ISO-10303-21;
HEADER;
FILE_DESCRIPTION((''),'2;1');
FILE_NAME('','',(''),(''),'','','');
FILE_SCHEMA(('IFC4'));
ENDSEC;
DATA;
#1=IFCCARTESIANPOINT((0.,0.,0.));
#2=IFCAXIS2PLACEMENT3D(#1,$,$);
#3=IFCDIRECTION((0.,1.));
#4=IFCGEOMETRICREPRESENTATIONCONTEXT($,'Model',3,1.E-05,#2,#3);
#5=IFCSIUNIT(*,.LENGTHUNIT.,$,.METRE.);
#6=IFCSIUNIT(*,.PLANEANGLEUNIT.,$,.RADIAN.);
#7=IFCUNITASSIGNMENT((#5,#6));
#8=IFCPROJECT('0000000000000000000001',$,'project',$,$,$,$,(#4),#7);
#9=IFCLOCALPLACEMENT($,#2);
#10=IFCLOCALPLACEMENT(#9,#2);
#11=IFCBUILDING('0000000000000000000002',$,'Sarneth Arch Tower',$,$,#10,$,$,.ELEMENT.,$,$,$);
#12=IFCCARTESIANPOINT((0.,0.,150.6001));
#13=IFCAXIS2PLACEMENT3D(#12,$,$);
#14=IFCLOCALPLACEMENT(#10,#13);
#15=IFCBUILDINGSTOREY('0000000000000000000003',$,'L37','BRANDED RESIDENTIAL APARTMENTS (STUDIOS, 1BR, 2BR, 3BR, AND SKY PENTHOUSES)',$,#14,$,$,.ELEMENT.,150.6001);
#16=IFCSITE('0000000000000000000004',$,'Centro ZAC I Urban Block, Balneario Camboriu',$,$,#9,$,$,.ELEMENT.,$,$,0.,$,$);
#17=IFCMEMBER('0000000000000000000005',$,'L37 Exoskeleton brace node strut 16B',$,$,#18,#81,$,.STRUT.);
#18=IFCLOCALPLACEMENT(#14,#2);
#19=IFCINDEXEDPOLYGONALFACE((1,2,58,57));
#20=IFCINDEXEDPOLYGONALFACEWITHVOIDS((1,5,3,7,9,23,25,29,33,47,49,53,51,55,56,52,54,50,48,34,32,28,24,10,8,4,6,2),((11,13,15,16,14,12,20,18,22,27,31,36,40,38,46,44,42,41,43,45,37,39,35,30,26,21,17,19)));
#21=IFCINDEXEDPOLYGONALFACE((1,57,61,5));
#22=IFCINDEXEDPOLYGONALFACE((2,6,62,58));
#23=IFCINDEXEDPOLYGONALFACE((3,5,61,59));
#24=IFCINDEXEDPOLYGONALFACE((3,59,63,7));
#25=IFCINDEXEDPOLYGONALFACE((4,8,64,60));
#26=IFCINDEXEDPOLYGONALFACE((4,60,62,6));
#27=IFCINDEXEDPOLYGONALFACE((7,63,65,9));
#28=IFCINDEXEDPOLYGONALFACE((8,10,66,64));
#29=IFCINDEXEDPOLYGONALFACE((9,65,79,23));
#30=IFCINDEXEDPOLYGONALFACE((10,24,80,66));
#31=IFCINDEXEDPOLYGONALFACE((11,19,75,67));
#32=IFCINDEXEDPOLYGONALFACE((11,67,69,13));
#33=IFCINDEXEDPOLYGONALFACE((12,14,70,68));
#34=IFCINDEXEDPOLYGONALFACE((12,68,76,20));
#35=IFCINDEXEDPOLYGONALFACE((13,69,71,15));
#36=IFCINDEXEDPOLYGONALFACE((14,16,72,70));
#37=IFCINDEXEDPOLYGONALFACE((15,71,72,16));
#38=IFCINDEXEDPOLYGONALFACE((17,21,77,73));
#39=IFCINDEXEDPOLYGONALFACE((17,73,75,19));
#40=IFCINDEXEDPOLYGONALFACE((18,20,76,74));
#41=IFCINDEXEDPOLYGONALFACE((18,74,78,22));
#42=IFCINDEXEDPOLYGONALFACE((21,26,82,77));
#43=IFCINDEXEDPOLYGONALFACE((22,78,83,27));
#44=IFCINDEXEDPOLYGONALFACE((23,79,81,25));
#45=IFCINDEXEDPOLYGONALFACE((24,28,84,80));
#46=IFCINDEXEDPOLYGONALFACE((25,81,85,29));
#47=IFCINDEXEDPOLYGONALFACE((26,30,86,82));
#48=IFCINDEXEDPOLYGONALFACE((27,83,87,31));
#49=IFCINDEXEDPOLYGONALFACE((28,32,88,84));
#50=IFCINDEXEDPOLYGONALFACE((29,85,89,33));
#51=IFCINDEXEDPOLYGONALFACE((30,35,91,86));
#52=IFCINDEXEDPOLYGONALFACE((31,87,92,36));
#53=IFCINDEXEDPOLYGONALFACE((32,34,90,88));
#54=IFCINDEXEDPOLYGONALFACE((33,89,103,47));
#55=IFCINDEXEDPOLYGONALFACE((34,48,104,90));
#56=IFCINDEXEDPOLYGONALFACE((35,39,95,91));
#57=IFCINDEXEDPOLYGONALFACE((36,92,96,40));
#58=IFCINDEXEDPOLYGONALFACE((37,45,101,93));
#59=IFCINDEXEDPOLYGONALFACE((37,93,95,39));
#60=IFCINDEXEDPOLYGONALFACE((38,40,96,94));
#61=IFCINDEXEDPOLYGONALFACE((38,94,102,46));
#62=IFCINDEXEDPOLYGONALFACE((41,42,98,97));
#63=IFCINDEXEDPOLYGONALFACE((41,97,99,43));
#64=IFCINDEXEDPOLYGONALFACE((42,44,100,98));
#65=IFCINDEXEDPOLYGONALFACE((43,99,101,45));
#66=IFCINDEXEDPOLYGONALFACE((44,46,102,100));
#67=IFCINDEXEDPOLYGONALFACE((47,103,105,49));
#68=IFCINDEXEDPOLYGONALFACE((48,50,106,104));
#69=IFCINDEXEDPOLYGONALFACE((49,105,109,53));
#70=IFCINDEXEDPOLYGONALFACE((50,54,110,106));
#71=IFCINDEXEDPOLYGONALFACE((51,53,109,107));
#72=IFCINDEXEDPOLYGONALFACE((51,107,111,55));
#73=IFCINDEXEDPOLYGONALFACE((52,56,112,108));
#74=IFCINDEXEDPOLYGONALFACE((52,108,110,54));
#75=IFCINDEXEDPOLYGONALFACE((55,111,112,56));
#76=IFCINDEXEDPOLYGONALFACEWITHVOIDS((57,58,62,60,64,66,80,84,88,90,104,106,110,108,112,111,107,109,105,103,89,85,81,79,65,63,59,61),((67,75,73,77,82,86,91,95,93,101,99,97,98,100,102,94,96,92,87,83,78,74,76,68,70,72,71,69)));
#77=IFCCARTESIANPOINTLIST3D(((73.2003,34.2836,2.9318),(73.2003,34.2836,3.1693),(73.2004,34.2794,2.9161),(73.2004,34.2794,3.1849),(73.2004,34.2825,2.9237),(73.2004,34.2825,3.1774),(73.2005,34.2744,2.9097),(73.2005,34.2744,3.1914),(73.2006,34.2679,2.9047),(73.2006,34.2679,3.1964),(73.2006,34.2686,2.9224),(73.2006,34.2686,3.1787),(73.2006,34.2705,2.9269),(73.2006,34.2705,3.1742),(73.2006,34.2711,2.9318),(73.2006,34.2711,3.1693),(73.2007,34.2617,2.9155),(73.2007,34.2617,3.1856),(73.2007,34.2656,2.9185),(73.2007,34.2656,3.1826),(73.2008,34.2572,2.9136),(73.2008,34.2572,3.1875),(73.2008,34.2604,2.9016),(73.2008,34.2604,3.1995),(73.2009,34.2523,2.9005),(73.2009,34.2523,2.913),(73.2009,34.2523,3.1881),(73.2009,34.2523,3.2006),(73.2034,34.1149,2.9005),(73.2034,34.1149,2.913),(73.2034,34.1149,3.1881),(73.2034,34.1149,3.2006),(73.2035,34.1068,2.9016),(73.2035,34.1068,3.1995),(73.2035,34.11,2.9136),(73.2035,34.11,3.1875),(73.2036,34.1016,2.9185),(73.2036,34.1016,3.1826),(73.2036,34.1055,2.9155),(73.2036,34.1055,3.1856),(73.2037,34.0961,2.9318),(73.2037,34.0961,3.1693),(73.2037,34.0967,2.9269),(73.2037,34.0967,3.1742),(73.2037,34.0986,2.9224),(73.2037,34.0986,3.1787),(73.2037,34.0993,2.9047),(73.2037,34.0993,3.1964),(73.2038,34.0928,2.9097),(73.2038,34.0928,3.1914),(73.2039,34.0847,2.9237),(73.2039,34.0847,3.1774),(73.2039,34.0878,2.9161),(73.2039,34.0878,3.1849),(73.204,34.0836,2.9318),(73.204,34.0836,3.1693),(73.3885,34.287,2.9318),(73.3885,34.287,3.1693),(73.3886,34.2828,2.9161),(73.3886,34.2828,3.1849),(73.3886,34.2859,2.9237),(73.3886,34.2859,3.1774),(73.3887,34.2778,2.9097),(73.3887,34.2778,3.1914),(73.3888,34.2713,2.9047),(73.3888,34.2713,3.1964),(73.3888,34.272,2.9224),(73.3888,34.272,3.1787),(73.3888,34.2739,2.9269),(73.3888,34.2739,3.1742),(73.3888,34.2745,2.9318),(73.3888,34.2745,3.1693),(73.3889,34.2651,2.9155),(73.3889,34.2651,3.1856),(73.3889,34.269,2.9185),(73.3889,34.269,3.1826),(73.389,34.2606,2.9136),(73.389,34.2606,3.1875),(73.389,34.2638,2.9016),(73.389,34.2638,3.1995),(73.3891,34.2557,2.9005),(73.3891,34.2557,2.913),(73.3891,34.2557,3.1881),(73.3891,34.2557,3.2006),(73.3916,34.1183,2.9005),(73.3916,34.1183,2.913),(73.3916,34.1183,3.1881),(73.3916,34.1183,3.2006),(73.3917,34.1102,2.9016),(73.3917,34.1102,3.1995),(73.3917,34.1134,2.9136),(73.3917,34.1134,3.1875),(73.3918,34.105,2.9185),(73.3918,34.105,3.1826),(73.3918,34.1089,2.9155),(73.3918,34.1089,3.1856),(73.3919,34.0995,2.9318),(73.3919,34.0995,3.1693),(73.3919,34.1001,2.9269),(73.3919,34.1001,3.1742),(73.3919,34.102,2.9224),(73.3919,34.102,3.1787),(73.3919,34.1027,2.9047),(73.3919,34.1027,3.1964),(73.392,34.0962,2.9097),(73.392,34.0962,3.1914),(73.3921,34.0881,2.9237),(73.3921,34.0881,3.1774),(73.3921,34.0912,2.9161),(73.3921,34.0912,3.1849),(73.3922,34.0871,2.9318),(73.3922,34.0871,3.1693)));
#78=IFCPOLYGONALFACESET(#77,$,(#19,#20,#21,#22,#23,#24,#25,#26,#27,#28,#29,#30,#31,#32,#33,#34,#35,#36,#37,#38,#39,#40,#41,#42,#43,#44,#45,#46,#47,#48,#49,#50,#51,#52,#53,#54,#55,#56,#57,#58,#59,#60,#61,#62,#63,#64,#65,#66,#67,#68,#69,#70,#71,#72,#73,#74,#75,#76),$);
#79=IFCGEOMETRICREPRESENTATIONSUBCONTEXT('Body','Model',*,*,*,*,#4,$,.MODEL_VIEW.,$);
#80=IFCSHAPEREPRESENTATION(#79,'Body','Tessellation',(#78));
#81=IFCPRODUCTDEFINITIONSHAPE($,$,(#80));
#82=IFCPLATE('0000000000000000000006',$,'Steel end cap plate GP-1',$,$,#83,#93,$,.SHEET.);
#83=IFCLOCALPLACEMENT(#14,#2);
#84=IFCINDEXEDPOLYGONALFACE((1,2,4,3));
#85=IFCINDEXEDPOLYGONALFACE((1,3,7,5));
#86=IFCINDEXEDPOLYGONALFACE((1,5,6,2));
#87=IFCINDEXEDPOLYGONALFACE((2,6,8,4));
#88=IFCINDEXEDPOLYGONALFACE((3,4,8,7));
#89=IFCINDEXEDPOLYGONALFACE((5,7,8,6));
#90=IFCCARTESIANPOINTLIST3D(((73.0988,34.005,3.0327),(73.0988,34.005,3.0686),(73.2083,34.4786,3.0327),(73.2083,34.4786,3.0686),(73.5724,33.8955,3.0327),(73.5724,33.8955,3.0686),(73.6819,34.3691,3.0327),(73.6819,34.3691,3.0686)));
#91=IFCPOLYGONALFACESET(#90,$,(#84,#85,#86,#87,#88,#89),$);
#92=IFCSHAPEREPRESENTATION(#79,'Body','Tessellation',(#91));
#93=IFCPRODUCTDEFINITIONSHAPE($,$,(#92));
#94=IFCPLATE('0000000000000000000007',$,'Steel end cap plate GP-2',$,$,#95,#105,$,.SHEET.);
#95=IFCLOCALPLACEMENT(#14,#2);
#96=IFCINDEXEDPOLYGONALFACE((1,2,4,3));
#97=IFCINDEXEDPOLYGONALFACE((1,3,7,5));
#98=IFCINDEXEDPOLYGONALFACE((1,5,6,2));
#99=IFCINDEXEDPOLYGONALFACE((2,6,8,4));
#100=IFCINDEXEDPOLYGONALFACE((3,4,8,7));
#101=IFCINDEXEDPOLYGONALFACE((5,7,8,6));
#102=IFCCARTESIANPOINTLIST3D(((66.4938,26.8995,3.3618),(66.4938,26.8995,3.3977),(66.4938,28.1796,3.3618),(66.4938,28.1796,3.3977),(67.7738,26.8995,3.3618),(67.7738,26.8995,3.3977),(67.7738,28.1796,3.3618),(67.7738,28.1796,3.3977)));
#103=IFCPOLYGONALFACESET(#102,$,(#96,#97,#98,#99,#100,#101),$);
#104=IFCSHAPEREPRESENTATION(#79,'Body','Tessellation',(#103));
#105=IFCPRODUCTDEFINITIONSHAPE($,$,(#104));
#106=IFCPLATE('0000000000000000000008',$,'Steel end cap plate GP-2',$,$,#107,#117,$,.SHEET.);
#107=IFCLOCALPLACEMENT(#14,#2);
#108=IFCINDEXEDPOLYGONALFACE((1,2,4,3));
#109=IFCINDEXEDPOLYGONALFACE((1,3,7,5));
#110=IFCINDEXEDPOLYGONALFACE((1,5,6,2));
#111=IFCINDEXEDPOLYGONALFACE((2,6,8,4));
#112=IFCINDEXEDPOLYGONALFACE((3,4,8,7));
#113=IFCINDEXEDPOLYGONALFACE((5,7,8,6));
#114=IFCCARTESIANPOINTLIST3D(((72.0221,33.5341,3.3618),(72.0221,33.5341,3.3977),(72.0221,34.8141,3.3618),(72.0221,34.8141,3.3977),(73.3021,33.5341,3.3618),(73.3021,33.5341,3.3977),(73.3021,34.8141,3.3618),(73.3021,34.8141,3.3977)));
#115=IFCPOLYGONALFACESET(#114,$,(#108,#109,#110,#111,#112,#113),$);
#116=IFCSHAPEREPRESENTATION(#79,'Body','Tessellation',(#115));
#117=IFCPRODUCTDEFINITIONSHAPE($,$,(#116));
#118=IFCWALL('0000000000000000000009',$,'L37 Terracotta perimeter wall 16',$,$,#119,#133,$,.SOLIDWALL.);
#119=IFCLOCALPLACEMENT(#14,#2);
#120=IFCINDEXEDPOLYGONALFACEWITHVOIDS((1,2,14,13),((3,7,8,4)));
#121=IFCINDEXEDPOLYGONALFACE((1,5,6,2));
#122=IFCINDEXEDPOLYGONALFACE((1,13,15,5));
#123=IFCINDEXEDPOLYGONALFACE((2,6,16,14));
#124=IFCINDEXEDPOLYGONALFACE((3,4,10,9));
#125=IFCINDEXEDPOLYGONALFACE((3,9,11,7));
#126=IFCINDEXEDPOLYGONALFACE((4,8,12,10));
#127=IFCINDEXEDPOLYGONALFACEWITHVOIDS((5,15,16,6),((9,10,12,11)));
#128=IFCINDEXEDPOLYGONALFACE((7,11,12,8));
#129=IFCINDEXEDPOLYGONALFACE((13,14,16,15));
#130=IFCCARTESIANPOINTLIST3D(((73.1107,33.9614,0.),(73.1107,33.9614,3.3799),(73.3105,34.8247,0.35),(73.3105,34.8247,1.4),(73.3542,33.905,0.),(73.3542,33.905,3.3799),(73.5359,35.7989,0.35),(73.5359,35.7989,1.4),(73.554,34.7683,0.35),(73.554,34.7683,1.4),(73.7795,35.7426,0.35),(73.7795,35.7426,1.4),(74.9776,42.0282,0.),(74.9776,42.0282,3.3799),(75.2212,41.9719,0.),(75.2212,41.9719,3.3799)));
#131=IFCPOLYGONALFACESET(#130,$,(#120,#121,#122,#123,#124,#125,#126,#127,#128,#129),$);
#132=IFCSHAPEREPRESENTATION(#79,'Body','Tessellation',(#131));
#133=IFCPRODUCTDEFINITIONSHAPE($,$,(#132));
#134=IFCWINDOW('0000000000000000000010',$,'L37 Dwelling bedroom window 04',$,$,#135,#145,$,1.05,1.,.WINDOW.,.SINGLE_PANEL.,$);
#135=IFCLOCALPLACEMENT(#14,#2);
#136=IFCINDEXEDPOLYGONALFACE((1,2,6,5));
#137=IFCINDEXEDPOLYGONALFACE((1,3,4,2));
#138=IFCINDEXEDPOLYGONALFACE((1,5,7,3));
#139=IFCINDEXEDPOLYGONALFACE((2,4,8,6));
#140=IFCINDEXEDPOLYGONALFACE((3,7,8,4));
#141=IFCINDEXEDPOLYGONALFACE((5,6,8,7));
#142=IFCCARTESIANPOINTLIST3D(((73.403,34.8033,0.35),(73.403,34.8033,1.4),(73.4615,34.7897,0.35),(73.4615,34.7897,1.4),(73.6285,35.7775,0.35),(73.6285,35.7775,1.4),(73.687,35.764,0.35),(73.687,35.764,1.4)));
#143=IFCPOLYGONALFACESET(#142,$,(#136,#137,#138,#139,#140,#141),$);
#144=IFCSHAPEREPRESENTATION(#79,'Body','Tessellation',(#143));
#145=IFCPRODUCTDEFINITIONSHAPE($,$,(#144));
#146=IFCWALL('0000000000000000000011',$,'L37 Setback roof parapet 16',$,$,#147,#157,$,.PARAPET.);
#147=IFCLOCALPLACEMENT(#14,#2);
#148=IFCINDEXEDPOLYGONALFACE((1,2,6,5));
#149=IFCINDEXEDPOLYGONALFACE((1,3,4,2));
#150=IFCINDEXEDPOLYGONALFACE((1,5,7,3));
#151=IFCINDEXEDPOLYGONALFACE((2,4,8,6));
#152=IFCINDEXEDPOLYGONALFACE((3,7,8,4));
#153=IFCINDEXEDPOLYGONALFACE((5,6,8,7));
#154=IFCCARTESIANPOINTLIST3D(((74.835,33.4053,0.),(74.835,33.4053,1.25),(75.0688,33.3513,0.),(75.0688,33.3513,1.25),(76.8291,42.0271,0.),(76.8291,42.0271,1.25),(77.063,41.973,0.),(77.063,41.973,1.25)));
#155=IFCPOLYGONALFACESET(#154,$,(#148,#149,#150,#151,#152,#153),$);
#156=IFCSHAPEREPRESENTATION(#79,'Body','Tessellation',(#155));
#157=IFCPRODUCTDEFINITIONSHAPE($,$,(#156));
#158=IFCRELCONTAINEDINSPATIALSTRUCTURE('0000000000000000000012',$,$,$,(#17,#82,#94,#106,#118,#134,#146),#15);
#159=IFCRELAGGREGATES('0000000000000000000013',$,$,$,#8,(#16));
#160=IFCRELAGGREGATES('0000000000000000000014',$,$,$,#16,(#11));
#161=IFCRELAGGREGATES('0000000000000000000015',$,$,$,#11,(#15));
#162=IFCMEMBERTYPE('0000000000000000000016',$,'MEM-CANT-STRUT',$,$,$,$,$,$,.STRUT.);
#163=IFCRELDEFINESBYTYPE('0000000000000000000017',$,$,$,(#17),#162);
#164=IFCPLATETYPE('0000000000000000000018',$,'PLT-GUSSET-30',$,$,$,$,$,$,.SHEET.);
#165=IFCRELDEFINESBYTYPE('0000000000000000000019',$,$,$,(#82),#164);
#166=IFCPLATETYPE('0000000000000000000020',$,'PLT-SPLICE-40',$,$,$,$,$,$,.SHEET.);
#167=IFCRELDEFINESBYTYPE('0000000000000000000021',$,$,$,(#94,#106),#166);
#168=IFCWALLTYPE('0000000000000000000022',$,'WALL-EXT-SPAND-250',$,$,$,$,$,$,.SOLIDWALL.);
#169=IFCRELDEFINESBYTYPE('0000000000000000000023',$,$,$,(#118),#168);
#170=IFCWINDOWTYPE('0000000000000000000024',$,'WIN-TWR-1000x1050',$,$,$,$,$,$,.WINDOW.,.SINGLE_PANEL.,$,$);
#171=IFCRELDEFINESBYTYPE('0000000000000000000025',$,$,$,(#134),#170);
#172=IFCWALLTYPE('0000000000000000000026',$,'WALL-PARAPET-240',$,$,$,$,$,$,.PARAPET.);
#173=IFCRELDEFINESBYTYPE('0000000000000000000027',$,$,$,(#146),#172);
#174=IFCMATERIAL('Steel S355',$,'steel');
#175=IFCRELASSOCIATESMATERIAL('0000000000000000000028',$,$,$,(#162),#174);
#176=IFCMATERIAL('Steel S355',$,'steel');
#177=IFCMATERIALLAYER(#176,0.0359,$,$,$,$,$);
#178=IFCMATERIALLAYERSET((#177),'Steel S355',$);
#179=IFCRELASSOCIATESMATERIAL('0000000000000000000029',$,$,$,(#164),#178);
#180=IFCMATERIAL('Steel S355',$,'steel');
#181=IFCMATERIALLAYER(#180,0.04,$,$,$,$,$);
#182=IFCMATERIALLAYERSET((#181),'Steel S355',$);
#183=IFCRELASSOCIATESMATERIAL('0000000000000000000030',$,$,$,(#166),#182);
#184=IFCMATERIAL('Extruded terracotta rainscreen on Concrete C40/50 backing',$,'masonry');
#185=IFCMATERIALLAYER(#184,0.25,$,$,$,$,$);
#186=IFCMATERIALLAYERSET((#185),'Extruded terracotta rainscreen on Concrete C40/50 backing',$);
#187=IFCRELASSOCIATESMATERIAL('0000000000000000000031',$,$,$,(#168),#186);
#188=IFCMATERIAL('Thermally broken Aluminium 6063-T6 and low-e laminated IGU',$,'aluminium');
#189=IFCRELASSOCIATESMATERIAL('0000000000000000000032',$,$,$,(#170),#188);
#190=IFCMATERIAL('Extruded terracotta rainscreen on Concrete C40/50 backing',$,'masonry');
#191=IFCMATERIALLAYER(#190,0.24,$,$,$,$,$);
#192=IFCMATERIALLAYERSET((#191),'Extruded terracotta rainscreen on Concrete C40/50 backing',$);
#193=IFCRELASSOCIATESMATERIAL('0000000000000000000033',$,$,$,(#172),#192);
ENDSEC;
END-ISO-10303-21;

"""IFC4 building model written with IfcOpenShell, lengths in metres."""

from ifc_helpers import new_model, si_unit, direction, frame, frame_2d, origin, origin_2d, place, context, subcontext, project, spatial, rectangle, hollow_rectangle, extrude, material, layer, layer_set, material_profile, profile_set, type_object, element, fill, save


model = new_model("IFC4")

# Units and contexts
model_context = context("Model", 3, precision=1e-05, world=origin(), true_north=direction((0.0, 1.0)))
body_context = subcontext(model_context, "Body", "Model", "MODEL_VIEW")
ifc_project = project(units=[si_unit("LENGTHUNIT", "METRE"), si_unit("PLANEANGLEUNIT", "RADIAN")], contexts=[model_context])

# Site, building, storey
site_placement = place(None, origin())
site = spatial("IfcSite", under=ifc_project, at=site_placement, Name="Centro ZAC I Urban Block, Balneario Camboriu", CompositionType="ELEMENT", RefElevation=0.0)
building_placement = place(site_placement, origin())
building = spatial("IfcBuilding", under=site, at=building_placement, Name="Sarneth Arch Tower", CompositionType="ELEMENT")
storey_placement = place(building_placement, frame((0.0, 0.0, 150.6001)))
storey = spatial("IfcBuildingStorey", under=building, at=storey_placement, Name="L37", Description="BRANDED RESIDENTIAL APARTMENTS (STUDIOS, 1BR, 2BR, 3BR, AND SKY PENTHOUSES)", CompositionType="ELEMENT", Elevation=150.6001)

# Member
ifc_material_1 = material(Name="Steel S355", Category="steel")
ifc_material_profile_1 = material_profile(ifc_material_1, hollow_rectangle(XDim=0.2, YDim=0.3, WallThickness=0.0125, InnerFilletRadius=0.0188, OuterFilletRadius=0.0312, at=origin_2d()), Name="RHS300x200x12.5")
ifc_profile_set_1 = profile_set([ifc_material_profile_1], Name="Steel S355")
member_type = type_object("IfcMemberType", Name="MEM-CANT-STRUT", PredefinedType="STRUT", material=ifc_profile_set_1)
member_placement = place(storey_placement, frame((73.2021, 34.1836, 3.0505), z_axis=(0.999835, 0.018155, 0.0), x_axis=(-0.018155, 0.999835, 0.0)))
element("IfcMember", 1, at=member_placement, inside=storey, type_object=member_type, Name="L37 Exoskeleton brace node strut 16B", PredefinedType="STRUT", context=body_context, shape_type="SweptSolid", body=[
    extrude(hollow_rectangle(XDim=0.2, YDim=0.3, WallThickness=0.0125, InnerFilletRadius=0.0188, OuterFilletRadius=0.0312, at=origin_2d()), origin(), (0.0, 0.0, 1.0), 0.1882),
])

# Plates
ifc_material_2 = material(Name="Steel S355", Category="steel")
ifc_layer_1 = layer(ifc_material_2, 0.0359)
ifc_layer_set_1 = layer_set([ifc_layer_1], Name="Steel S355")
plate_type_1 = type_object("IfcPlateType", Name="PLT-GUSSET-30", PredefinedType="SHEET", material=ifc_layer_set_1)
plate_placement = place(storey_placement, frame((73.3904, 34.187, 3.0327), z_axis=(0.0, 0.0, 1.0), x_axis=(0.225291, 0.974291, 0.0)))
element("IfcPlate", 2, at=plate_placement, inside=storey, type_object=plate_type_1, Name="Steel end cap plate GP-1", PredefinedType="SHEET", context=body_context, shape_type="SweptSolid", body=[
    extrude(rectangle(XDim=0.4861, YDim=0.4861, at=origin_2d()), origin(), (0.0, 0.0, 1.0), 0.0359),
])
ifc_material_3 = material(Name="Steel S355", Category="steel")
ifc_layer_2 = layer(ifc_material_3, 0.04)
ifc_layer_set_2 = layer_set([ifc_layer_2], Name="Steel S355")
plate_type_2 = type_object("IfcPlateType", Name="PLT-SPLICE-40", PredefinedType="SHEET", material=ifc_layer_set_2)
for number, where, z_axis, x_axis, name in (
    (3, (67.1338, 27.5396, 3.3618), (0.0, 0.0, 1.0), (1.0, 0.0, 0.0), "Steel end cap plate GP-2"),
    (4, (72.6621, 34.1741, 3.3618), (0.0, 0.0, 1.0), (1.0, 0.0, 0.0), "Steel end cap plate GP-2"),
):
    element("IfcPlate", number, at=place(storey_placement, frame(where, z_axis=z_axis, x_axis=x_axis)), inside=storey, type_object=plate_type_2, Name=name, PredefinedType="SHEET", context=body_context, shape_type="SweptSolid", body=[
        extrude(rectangle(XDim=1.28, YDim=1.28, at=origin_2d()), origin(), (0.0, 0.0, 1.0), 0.0359),
    ])

# Wall, opening, window
ifc_material_4 = material(Name="Extruded terracotta rainscreen on Concrete C40/50 backing", Category="masonry")
ifc_layer_3 = layer(ifc_material_4, 0.25)
ifc_layer_set_3 = layer_set([ifc_layer_3], Name="Extruded terracotta rainscreen on Concrete C40/50 backing")
wall_type_1 = type_object("IfcWallType", Name="WALL-EXT-SPAND-250", PredefinedType="SOLIDWALL", material=ifc_layer_set_3)
wall_1_placement = place(storey_placement, frame((73.2324, 33.9331, 0.0), z_axis=(0.0, 0.0, 1.0), x_axis=(0.225473, 0.974249, 0.0)))
wall_1 = element("IfcWall", 5, at=wall_1_placement, inside=storey, type_object=wall_type_1, Name="L37 Terracotta perimeter wall 16", PredefinedType="SOLIDWALL", context=body_context, shape_type="SweptSolid", body=[
    extrude(rectangle(XDim=8.28, YDim=0.25, at=frame_2d((4.1401, 0.0))), origin(), (0.0, 0.0, 1.0), 3.3799),
])
opening_1_placement = place(wall_1_placement, frame((0.8862, 0.0, 0.3501)))
opening_1 = element("IfcOpeningElement", 6, at=opening_1_placement, cuts=wall_1, PredefinedType="OPENING", context=body_context, shape_type="SweptSolid", body=[
    extrude(rectangle(XDim=1.0, YDim=1.05, at=frame_2d((0.5, 0.5249))), frame((0.0, 0.135, 0.0), z_axis=(0.0, -1.0, 0.0), x_axis=(1.0, 0.0, 0.0)), (0.0, 0.0, 1.0), 0.27),
])
ifc_material_5 = material(Name="Thermally broken Aluminium 6063-T6 and low-e laminated IGU", Category="aluminium")
window_type = type_object("IfcWindowType", Name="WIN-TWR-1000x1050", PartitioningType="SINGLE_PANEL", PredefinedType="WINDOW", material=ifc_material_5)
window_placement = place(opening_1_placement, origin())
window = element("IfcWindow", 7, at=window_placement, inside=storey, type_object=window_type, Name="L37 Dwelling bedroom window 04", OverallHeight=1.05, OverallWidth=1.0, PartitioningType="SINGLE_PANEL", PredefinedType="WINDOW", context=body_context, shape_type="SweptSolid", body=[
    extrude(rectangle(XDim=1.0, YDim=1.05, at=frame_2d((0.5, 0.5249))), frame((0.0, 0.03, 0.0), z_axis=(0.0, -1.0, 0.0), x_axis=(1.0, 0.0, 0.0)), (0.0, 0.0, 1.0), 0.0601),
])
fill(opening_1, window)

# Wall
ifc_material_6 = material(Name="Extruded terracotta rainscreen on Concrete C40/50 backing", Category="masonry")
ifc_layer_4 = layer(ifc_material_6, 0.24)
ifc_layer_set_4 = layer_set([ifc_layer_4], Name="Extruded terracotta rainscreen on Concrete C40/50 backing")
wall_type_2 = type_object("IfcWallType", Name="WALL-PARAPET-240", PredefinedType="PARAPET", material=ifc_layer_set_4)
wall_2_placement = place(storey_placement, frame((74.9519, 33.3782, 0.0), z_axis=(0.0, 0.0, 1.0), x_axis=(0.225341, 0.97428, 0.0)))
element("IfcWall", 8, at=wall_2_placement, inside=storey, type_object=wall_type_2, Name="L37 Setback roof parapet 16", PredefinedType="PARAPET", context=body_context, shape_type="SweptSolid", body=[
    extrude(rectangle(XDim=8.8494, YDim=0.24, at=frame_2d((4.4248, 0.0))), origin(), (0.0, 0.0, 1.0), 1.25),
])

save(model, "model.ifc")
